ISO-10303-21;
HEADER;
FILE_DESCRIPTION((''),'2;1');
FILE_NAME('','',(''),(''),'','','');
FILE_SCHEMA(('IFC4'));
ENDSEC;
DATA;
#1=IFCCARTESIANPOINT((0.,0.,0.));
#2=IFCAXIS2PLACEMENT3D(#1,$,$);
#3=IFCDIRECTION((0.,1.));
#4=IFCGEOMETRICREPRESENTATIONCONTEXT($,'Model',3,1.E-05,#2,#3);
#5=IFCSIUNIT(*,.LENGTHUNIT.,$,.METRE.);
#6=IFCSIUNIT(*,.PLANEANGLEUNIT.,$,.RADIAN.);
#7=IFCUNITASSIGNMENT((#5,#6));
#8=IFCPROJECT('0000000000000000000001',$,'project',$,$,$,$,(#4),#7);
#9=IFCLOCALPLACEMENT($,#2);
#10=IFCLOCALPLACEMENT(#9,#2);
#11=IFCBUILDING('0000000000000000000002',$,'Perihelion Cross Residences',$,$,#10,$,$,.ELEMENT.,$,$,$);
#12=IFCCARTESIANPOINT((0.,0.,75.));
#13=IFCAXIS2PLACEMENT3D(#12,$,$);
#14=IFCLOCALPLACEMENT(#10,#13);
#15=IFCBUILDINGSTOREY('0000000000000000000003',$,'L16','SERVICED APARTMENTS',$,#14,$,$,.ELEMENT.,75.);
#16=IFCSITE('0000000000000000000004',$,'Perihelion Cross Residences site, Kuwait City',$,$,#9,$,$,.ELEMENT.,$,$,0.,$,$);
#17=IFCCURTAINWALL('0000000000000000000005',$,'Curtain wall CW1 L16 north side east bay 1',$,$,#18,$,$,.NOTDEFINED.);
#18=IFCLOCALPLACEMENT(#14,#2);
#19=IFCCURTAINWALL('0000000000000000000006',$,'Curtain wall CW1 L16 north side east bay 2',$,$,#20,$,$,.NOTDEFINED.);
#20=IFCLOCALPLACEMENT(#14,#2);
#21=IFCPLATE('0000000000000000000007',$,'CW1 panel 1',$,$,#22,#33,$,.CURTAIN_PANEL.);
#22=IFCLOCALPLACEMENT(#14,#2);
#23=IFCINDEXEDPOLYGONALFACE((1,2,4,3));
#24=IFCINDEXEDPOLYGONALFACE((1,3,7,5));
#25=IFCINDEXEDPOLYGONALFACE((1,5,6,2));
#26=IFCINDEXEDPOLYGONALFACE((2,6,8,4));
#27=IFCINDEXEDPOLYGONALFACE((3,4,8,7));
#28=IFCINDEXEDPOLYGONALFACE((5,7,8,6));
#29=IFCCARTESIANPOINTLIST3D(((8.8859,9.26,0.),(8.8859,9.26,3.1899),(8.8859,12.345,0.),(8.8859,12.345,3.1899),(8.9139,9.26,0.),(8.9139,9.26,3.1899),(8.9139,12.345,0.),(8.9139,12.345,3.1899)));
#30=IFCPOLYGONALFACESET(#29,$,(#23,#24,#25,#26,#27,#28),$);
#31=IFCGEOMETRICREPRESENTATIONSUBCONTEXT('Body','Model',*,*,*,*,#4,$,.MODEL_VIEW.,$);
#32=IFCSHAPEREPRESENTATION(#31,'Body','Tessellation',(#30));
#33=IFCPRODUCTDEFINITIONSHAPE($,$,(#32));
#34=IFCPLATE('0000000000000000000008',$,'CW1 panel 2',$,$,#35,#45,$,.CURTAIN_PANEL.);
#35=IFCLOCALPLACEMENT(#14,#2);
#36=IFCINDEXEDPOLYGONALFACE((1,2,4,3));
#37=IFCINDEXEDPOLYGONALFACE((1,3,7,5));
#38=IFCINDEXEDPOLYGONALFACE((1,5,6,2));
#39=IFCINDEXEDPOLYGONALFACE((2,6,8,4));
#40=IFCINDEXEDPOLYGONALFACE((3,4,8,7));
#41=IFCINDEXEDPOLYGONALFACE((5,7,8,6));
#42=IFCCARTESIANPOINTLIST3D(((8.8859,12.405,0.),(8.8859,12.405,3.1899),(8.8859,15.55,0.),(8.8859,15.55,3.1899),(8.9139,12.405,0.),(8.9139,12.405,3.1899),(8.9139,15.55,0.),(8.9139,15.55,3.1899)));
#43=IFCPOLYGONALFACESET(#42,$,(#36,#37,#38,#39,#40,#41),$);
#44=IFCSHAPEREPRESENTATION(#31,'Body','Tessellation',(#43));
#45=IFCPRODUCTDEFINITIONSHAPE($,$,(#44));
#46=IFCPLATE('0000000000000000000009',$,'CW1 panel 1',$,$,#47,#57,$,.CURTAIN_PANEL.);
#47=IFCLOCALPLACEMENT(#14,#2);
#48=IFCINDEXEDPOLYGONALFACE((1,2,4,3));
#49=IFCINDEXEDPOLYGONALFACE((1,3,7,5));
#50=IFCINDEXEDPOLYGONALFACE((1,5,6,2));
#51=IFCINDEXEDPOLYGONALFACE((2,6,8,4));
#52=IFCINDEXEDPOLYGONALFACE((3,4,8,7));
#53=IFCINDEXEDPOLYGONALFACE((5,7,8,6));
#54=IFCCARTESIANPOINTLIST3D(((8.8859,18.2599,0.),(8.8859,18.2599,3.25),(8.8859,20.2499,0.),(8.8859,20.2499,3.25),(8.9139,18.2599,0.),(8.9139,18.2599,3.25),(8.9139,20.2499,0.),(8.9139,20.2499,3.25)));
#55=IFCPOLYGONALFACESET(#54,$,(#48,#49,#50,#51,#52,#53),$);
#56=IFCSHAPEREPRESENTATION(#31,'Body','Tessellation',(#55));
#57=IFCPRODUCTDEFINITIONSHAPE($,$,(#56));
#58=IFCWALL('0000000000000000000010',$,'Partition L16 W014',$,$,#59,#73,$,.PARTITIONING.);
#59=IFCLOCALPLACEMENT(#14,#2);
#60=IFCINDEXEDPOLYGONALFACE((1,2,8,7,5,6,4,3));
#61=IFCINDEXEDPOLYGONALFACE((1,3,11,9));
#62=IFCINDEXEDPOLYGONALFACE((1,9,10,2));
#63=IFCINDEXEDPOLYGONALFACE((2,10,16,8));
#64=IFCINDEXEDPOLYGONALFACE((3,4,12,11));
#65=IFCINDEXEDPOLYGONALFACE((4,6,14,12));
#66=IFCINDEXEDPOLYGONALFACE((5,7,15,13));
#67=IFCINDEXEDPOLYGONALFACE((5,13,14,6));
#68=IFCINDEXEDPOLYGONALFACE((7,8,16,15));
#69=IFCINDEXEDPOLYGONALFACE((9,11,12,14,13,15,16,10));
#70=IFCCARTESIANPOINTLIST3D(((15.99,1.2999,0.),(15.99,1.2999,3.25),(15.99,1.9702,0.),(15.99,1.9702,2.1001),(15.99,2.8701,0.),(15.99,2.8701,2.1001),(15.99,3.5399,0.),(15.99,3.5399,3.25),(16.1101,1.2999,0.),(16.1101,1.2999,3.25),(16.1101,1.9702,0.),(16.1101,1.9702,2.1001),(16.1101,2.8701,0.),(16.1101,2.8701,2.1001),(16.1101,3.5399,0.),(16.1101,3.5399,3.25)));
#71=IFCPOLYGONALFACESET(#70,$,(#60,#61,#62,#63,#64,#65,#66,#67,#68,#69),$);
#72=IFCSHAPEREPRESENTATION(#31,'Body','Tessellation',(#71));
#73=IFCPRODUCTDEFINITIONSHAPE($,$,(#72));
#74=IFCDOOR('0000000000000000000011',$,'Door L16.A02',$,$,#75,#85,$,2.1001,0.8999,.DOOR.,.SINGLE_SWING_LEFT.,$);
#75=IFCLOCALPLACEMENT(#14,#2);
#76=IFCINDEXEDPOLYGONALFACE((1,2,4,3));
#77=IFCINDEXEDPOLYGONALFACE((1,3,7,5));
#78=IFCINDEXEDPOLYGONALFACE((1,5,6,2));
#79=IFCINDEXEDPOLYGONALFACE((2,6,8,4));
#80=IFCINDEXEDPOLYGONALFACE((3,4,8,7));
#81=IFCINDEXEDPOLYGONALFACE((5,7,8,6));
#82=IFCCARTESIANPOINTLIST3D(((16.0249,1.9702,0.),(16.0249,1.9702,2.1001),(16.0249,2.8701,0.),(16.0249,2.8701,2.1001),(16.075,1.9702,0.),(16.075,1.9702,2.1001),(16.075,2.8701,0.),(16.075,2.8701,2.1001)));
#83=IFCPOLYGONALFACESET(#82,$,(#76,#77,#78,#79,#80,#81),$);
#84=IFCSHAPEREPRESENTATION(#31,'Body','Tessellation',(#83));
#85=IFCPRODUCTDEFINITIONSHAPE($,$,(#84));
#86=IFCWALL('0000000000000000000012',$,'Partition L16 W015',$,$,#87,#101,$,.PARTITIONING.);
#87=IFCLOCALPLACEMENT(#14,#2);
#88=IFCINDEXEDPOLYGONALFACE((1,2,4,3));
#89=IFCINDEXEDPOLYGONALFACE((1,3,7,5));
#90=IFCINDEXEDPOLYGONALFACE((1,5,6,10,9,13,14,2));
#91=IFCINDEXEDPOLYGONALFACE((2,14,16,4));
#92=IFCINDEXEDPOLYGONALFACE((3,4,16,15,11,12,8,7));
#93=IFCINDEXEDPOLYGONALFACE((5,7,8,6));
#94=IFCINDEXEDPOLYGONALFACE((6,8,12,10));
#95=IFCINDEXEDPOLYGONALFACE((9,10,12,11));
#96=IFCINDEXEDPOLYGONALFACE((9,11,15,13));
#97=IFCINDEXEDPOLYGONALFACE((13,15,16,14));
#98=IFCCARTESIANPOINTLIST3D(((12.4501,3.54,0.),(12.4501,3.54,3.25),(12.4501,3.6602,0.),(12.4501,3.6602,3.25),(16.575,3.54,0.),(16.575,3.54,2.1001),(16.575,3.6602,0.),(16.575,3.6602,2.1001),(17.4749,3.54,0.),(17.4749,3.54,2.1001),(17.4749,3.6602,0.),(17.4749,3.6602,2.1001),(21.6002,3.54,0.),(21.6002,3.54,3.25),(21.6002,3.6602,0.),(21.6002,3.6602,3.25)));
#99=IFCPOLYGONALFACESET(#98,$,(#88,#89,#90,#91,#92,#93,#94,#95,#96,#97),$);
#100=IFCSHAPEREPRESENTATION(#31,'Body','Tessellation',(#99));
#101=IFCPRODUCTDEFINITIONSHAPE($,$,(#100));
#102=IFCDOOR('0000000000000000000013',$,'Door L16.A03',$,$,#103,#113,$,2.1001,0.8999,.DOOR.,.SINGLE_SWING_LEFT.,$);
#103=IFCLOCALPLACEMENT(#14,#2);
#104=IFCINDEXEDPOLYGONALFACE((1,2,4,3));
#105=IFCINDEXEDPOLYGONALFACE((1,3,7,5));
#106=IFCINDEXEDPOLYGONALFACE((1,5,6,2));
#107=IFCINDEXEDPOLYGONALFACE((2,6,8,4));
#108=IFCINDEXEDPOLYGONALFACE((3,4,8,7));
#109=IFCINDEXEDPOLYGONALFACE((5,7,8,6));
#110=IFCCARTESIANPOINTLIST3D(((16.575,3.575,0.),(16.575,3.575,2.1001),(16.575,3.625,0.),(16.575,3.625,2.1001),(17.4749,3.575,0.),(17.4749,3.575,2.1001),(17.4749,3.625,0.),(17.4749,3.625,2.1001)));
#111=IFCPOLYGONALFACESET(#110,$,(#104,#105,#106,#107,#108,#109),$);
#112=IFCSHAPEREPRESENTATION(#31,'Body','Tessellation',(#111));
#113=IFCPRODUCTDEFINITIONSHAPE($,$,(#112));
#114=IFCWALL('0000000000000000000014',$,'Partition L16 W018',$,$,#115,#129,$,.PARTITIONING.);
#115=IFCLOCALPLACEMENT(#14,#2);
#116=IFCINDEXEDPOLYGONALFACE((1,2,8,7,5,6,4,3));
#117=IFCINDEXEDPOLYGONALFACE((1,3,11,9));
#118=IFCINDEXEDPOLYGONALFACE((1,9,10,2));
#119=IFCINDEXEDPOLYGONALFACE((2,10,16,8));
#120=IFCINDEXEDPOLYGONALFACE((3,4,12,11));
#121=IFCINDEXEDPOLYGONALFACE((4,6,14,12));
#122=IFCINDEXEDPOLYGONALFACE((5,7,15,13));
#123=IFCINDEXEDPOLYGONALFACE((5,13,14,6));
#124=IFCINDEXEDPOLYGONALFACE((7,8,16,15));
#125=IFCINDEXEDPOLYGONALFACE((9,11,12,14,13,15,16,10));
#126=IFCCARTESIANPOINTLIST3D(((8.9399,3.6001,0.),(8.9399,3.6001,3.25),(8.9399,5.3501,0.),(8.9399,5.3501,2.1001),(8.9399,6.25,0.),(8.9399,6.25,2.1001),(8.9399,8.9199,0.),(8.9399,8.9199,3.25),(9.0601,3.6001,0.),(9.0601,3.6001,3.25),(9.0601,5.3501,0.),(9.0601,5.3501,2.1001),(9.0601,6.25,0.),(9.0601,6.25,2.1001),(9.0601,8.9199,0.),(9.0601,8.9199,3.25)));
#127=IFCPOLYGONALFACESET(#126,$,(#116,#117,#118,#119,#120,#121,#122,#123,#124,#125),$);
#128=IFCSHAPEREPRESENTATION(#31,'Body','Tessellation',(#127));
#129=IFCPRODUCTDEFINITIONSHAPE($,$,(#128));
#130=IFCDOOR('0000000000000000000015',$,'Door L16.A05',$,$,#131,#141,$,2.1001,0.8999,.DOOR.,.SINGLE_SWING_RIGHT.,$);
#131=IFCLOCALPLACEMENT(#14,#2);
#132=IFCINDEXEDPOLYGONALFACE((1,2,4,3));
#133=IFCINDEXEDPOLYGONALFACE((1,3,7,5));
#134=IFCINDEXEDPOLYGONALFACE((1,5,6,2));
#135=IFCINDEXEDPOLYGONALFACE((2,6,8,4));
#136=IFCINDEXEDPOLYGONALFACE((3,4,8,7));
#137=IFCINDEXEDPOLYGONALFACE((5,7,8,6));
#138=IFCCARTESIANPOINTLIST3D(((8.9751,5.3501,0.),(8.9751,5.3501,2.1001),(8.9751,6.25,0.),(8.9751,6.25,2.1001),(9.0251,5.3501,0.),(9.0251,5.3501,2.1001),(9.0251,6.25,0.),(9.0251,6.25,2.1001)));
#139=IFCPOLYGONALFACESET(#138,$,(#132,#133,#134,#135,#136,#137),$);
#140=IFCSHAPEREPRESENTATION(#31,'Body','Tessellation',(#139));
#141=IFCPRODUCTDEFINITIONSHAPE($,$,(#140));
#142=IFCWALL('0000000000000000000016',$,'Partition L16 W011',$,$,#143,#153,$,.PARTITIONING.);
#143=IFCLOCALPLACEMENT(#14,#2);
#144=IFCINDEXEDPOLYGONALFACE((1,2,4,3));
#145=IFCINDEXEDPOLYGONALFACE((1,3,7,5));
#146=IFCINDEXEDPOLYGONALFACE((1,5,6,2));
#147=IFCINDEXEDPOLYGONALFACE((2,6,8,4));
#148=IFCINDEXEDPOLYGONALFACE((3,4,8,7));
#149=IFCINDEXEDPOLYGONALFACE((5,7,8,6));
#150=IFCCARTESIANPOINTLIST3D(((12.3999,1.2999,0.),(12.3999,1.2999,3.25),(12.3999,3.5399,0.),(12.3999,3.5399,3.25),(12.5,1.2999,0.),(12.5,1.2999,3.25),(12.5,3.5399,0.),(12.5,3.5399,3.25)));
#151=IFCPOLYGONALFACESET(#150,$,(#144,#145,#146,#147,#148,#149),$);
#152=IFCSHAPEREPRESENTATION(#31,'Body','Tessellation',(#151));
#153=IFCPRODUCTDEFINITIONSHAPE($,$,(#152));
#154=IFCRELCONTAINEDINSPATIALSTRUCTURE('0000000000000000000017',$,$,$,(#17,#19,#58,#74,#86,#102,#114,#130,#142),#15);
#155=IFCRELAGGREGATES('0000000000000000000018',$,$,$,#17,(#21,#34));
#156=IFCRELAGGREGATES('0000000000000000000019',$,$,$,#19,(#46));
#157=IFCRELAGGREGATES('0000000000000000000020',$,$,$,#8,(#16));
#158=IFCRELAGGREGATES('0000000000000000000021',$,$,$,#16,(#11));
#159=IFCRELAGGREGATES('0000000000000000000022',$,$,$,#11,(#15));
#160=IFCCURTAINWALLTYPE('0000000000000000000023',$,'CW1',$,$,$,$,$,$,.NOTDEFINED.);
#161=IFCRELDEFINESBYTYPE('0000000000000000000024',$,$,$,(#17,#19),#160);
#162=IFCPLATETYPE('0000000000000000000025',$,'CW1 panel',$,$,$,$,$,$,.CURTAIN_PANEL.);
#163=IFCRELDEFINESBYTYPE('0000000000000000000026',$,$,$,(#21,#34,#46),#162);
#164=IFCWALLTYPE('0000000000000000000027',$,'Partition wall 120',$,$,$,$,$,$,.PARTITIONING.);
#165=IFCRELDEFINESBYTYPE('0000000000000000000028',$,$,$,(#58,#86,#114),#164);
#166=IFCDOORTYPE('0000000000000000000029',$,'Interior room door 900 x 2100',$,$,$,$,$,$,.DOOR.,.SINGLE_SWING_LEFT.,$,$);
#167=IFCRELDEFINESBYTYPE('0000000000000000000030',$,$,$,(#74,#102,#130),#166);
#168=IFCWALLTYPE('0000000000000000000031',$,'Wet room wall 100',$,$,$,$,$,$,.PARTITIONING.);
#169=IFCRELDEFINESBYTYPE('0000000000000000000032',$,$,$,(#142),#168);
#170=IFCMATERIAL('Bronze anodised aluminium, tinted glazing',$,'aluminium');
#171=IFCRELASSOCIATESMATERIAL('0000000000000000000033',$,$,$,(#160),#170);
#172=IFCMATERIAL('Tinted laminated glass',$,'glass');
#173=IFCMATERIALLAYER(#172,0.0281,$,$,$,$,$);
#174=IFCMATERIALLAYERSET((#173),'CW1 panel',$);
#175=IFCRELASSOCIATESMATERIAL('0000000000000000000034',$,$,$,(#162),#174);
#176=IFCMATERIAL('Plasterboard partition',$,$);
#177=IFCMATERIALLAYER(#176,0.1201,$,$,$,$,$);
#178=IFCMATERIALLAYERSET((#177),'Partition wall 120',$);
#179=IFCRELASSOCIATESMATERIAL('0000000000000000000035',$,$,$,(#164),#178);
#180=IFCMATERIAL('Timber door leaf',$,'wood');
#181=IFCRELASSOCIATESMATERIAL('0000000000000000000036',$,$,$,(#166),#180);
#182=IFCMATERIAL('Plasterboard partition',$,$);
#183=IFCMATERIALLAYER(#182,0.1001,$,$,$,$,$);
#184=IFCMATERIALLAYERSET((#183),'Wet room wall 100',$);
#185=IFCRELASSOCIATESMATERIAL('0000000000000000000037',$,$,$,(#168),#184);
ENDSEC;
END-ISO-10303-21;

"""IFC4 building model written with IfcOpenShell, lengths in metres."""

from ifc_helpers import new_model, si_unit, direction, frame, frame_2d, origin, origin_2d, place, context, subcontext, project, spatial, rectangle, extrude, material, layer, layer_set, type_object, element, fill, aggregate, save


model = new_model("IFC4")

# Units and contexts
model_context = context("Model", 3, precision=1e-05, world=origin(), true_north=direction((0.0, 1.0)))
body_context = subcontext(model_context, "Body", "Model", "MODEL_VIEW")
ifc_project = project(units=[si_unit("LENGTHUNIT", "METRE"), si_unit("PLANEANGLEUNIT", "RADIAN")], contexts=[model_context])

# Site, building, storey
site_placement = place(None, origin())
site = spatial("IfcSite", under=ifc_project, at=site_placement, Name="Perihelion Cross Residences site, Kuwait City", CompositionType="ELEMENT", RefElevation=0.0)
building_placement = place(site_placement, origin())
building = spatial("IfcBuilding", under=site, at=building_placement, Name="Perihelion Cross Residences", CompositionType="ELEMENT")
storey_placement = place(building_placement, frame((0.0, 0.0, 75.0)))
storey = spatial("IfcBuildingStorey", under=building, at=storey_placement, Name="L16", Description="SERVICED APARTMENTS", CompositionType="ELEMENT", Elevation=75.0)

# Curtain wall
ifc_material_1 = material(Name="Bronze anodised aluminium, tinted glazing", Category="aluminium")
curtain_wall_type = type_object("IfcCurtainWallType", Name="CW1", PredefinedType="NOTDEFINED", material=ifc_material_1)
curtain_wall_1_placement = place(storey_placement, origin())
curtain_wall_1 = element("IfcCurtainWall", 1, at=curtain_wall_1_placement, inside=storey, type_object=curtain_wall_type, Name="Curtain wall CW1 L16 north side east bay 1", PredefinedType="NOTDEFINED")

# Curtain wall
curtain_wall_2_placement = place(storey_placement, origin())
curtain_wall_2 = element("IfcCurtainWall", 2, at=curtain_wall_2_placement, inside=storey, type_object=curtain_wall_type, Name="Curtain wall CW1 L16 north side east bay 2", PredefinedType="NOTDEFINED")

# Plates
ifc_material_2 = material(Name="Tinted laminated glass", Category="glass")
ifc_layer_1 = layer(ifc_material_2, 0.0281)
ifc_layer_set_1 = layer_set([ifc_layer_1], Name="CW1 panel")
plate_type = type_object("IfcPlateType", Name="CW1 panel", PredefinedType="CURTAIN_PANEL", material=ifc_layer_set_1)
plate_1_placement = place(storey_placement, frame((8.8999, 10.8025, 0.0), z_axis=(0.0, 0.0, 1.0), x_axis=(0.0, 1.0, 0.0)))
plate_1 = element("IfcPlate", 3, at=plate_1_placement, type_object=plate_type, Name="CW1 panel 1", PredefinedType="CURTAIN_PANEL", context=body_context, shape_type="SweptSolid", body=[
    extrude(rectangle(XDim=3.085, YDim=0.0281, at=origin_2d()), origin(), (0.0, 0.0, 1.0), 3.1899),
])
plate_2_placement = place(storey_placement, frame((8.8999, 13.9775, 0.0), z_axis=(0.0, 0.0, 1.0), x_axis=(0.0, 1.0, 0.0)))
plate_2 = element("IfcPlate", 4, at=plate_2_placement, type_object=plate_type, Name="CW1 panel 2", PredefinedType="CURTAIN_PANEL", context=body_context, shape_type="SweptSolid", body=[
    extrude(rectangle(XDim=3.145, YDim=0.0281, at=origin_2d()), origin(), (0.0, 0.0, 1.0), 3.1899),
])
aggregate(curtain_wall_1, [plate_1, plate_2])
plate_3_placement = place(storey_placement, frame((8.8999, 19.2549, 0.0), z_axis=(0.0, 0.0, 1.0), x_axis=(0.0, 1.0, 0.0)))
plate_3 = element("IfcPlate", 5, at=plate_3_placement, type_object=plate_type, Name="CW1 panel 1", PredefinedType="CURTAIN_PANEL", context=body_context, shape_type="SweptSolid", body=[
    extrude(rectangle(XDim=1.99, YDim=0.0281, at=origin_2d()), origin(), (0.0, 0.0, 1.0), 3.25),
])
aggregate(curtain_wall_2, [plate_3])

# Walls, openings, doors
ifc_material_3 = material(Name="Plasterboard partition")
ifc_layer_2 = layer(ifc_material_3, 0.1201)
ifc_layer_set_2 = layer_set([ifc_layer_2], Name="Partition wall 120")
wall_type_1 = type_object("IfcWallType", Name="Partition wall 120", PredefinedType="PARTITIONING", material=ifc_layer_set_2)
wall_1_placement = place(storey_placement, frame((16.05, 3.54, 0.0), z_axis=(0.0, 0.0, 1.0), x_axis=(0.0, -1.0, 0.0)))
wall_1 = element("IfcWall", 6, at=wall_1_placement, inside=storey, type_object=wall_type_1, Name="Partition L16 W014", PredefinedType="PARTITIONING", context=body_context, shape_type="SweptSolid", body=[
    extrude(rectangle(XDim=2.24, YDim=0.1201, at=frame_2d((1.1201, 0.0))), origin(), (0.0, 0.0, 1.0), 3.25),
])
opening_1_placement = place(wall_1_placement, frame((0.6699, 0.0, 0.0)))
opening_1 = element("IfcOpeningElement", 7, at=opening_1_placement, cuts=wall_1, PredefinedType="OPENING", context=body_context, shape_type="SweptSolid", body=[
    extrude(rectangle(XDim=0.8999, YDim=2.1001, at=frame_2d((0.45, 1.05))), frame((0.0, 0.0701, 0.0), z_axis=(0.0, -1.0, 0.0), x_axis=(1.0, 0.0, 0.0)), (0.0, 0.0, 1.0), 0.1401),
])
ifc_material_4 = material(Name="Timber door leaf", Category="wood")
door_type_1 = type_object("IfcDoorType", Name="Interior room door 900 x 2100", OperationType="SINGLE_SWING_LEFT", PredefinedType="DOOR", material=ifc_material_4)
door_1_placement = place(opening_1_placement, origin())
door_1 = element("IfcDoor", 8, at=door_1_placement, inside=storey, type_object=door_type_1, Name="Door L16.A02", OperationType="SINGLE_SWING_LEFT", OverallHeight=2.1001, OverallWidth=0.8999, PredefinedType="DOOR", context=body_context, shape_type="SweptSolid", body=[
    extrude(rectangle(XDim=0.8999, YDim=2.1001, at=frame_2d((0.45, 1.05))), frame((0.0, 0.0249, 0.0), z_axis=(0.0, -1.0, 0.0), x_axis=(1.0, 0.0, 0.0)), (0.0, 0.0, 1.0), 0.05),
])
fill(opening_1, door_1)
wall_2_placement = place(storey_placement, frame((12.45, 3.6001, 0.0), z_axis=(0.0, 0.0, 1.0), x_axis=(1.0, 0.0, 0.0)))
wall_2 = element("IfcWall", 9, at=wall_2_placement, inside=storey, type_object=wall_type_1, Name="Partition L16 W015", PredefinedType="PARTITIONING", context=body_context, shape_type="SweptSolid", body=[
    extrude(rectangle(XDim=9.1501, YDim=0.1201, at=frame_2d((4.5752, 0.0))), origin(), (0.0, 0.0, 1.0), 3.25),
])
opening_2_placement = place(wall_2_placement, frame((4.125, 0.0, 0.0)))
opening_2 = element("IfcOpeningElement", 10, at=opening_2_placement, cuts=wall_2, PredefinedType="OPENING", context=body_context, shape_type="SweptSolid", body=[
    extrude(rectangle(XDim=0.8999, YDim=2.1001, at=frame_2d((0.45, 1.05))), frame((0.0, 0.0701, 0.0), z_axis=(0.0, -1.0, 0.0), x_axis=(1.0, 0.0, 0.0)), (0.0, 0.0, 1.0), 0.1401),
])
door_2_placement = place(opening_2_placement, origin())
door_2 = element("IfcDoor", 11, at=door_2_placement, inside=storey, type_object=door_type_1, Name="Door L16.A03", OperationType="SINGLE_SWING_LEFT", OverallHeight=2.1001, OverallWidth=0.8999, PredefinedType="DOOR", context=body_context, shape_type="SweptSolid", body=[
    extrude(rectangle(XDim=0.8999, YDim=2.1001, at=frame_2d((0.45, 1.05))), frame((0.0, 0.0249, 0.0), z_axis=(0.0, -1.0, 0.0), x_axis=(1.0, 0.0, 0.0)), (0.0, 0.0, 1.0), 0.05),
])
fill(opening_2, door_2)
wall_3_placement = place(storey_placement, frame((9.0, 3.6001, 0.0), z_axis=(0.0, 0.0, 1.0), x_axis=(0.0, 1.0, 0.0)))
wall_3 = element("IfcWall", 12, at=wall_3_placement, inside=storey, type_object=wall_type_1, Name="Partition L16 W018", PredefinedType="PARTITIONING", context=body_context, shape_type="SweptSolid", body=[
    extrude(rectangle(XDim=5.3198, YDim=0.1201, at=frame_2d((2.6599, 0.0))), origin(), (0.0, 0.0, 1.0), 3.25),
])
opening_3_placement = place(wall_3_placement, frame((1.75, 0.0, 0.0)))
opening_3 = element("IfcOpeningElement", 13, at=opening_3_placement, cuts=wall_3, PredefinedType="OPENING", context=body_context, shape_type="SweptSolid", body=[
    extrude(rectangle(XDim=0.8999, YDim=2.1001, at=frame_2d((0.45, 1.05))), frame((0.0, 0.0701, 0.0), z_axis=(0.0, -1.0, 0.0), x_axis=(1.0, 0.0, 0.0)), (0.0, 0.0, 1.0), 0.1401),
])
door_3_placement = place(opening_3_placement, origin())
door_3 = element("IfcDoor", 14, at=door_3_placement, inside=storey, type_object=door_type_1, Name="Door L16.A05", OperationType="SINGLE_SWING_RIGHT", OverallHeight=2.1001, OverallWidth=0.8999, PredefinedType="DOOR", context=body_context, shape_type="SweptSolid", body=[
    extrude(rectangle(XDim=0.8999, YDim=2.1001, at=frame_2d((0.45, 1.05))), frame((0.0, 0.0249, 0.0), z_axis=(0.0, -1.0, 0.0), x_axis=(1.0, 0.0, 0.0)), (0.0, 0.0, 1.0), 0.05),
])
fill(opening_3, door_3)

# Wall
ifc_material_5 = material(Name="Plasterboard partition")
ifc_layer_3 = layer(ifc_material_5, 0.1001)
ifc_layer_set_3 = layer_set([ifc_layer_3], Name="Wet room wall 100")
wall_type_2 = type_object("IfcWallType", Name="Wet room wall 100", PredefinedType="PARTITIONING", material=ifc_layer_set_3)
wall_4_placement = place(storey_placement, frame((12.45, 3.54, 0.0), z_axis=(0.0, 0.0, 1.0), x_axis=(0.0, -1.0, 0.0)))
element("IfcWall", 15, at=wall_4_placement, inside=storey, type_object=wall_type_2, Name="Partition L16 W011", PredefinedType="PARTITIONING", context=body_context, shape_type="SweptSolid", body=[
    extrude(rectangle(XDim=2.24, YDim=0.1001, at=frame_2d((1.1201, 0.0))), origin(), (0.0, 0.0, 1.0), 3.25),
])

save(model, "model.ifc")
